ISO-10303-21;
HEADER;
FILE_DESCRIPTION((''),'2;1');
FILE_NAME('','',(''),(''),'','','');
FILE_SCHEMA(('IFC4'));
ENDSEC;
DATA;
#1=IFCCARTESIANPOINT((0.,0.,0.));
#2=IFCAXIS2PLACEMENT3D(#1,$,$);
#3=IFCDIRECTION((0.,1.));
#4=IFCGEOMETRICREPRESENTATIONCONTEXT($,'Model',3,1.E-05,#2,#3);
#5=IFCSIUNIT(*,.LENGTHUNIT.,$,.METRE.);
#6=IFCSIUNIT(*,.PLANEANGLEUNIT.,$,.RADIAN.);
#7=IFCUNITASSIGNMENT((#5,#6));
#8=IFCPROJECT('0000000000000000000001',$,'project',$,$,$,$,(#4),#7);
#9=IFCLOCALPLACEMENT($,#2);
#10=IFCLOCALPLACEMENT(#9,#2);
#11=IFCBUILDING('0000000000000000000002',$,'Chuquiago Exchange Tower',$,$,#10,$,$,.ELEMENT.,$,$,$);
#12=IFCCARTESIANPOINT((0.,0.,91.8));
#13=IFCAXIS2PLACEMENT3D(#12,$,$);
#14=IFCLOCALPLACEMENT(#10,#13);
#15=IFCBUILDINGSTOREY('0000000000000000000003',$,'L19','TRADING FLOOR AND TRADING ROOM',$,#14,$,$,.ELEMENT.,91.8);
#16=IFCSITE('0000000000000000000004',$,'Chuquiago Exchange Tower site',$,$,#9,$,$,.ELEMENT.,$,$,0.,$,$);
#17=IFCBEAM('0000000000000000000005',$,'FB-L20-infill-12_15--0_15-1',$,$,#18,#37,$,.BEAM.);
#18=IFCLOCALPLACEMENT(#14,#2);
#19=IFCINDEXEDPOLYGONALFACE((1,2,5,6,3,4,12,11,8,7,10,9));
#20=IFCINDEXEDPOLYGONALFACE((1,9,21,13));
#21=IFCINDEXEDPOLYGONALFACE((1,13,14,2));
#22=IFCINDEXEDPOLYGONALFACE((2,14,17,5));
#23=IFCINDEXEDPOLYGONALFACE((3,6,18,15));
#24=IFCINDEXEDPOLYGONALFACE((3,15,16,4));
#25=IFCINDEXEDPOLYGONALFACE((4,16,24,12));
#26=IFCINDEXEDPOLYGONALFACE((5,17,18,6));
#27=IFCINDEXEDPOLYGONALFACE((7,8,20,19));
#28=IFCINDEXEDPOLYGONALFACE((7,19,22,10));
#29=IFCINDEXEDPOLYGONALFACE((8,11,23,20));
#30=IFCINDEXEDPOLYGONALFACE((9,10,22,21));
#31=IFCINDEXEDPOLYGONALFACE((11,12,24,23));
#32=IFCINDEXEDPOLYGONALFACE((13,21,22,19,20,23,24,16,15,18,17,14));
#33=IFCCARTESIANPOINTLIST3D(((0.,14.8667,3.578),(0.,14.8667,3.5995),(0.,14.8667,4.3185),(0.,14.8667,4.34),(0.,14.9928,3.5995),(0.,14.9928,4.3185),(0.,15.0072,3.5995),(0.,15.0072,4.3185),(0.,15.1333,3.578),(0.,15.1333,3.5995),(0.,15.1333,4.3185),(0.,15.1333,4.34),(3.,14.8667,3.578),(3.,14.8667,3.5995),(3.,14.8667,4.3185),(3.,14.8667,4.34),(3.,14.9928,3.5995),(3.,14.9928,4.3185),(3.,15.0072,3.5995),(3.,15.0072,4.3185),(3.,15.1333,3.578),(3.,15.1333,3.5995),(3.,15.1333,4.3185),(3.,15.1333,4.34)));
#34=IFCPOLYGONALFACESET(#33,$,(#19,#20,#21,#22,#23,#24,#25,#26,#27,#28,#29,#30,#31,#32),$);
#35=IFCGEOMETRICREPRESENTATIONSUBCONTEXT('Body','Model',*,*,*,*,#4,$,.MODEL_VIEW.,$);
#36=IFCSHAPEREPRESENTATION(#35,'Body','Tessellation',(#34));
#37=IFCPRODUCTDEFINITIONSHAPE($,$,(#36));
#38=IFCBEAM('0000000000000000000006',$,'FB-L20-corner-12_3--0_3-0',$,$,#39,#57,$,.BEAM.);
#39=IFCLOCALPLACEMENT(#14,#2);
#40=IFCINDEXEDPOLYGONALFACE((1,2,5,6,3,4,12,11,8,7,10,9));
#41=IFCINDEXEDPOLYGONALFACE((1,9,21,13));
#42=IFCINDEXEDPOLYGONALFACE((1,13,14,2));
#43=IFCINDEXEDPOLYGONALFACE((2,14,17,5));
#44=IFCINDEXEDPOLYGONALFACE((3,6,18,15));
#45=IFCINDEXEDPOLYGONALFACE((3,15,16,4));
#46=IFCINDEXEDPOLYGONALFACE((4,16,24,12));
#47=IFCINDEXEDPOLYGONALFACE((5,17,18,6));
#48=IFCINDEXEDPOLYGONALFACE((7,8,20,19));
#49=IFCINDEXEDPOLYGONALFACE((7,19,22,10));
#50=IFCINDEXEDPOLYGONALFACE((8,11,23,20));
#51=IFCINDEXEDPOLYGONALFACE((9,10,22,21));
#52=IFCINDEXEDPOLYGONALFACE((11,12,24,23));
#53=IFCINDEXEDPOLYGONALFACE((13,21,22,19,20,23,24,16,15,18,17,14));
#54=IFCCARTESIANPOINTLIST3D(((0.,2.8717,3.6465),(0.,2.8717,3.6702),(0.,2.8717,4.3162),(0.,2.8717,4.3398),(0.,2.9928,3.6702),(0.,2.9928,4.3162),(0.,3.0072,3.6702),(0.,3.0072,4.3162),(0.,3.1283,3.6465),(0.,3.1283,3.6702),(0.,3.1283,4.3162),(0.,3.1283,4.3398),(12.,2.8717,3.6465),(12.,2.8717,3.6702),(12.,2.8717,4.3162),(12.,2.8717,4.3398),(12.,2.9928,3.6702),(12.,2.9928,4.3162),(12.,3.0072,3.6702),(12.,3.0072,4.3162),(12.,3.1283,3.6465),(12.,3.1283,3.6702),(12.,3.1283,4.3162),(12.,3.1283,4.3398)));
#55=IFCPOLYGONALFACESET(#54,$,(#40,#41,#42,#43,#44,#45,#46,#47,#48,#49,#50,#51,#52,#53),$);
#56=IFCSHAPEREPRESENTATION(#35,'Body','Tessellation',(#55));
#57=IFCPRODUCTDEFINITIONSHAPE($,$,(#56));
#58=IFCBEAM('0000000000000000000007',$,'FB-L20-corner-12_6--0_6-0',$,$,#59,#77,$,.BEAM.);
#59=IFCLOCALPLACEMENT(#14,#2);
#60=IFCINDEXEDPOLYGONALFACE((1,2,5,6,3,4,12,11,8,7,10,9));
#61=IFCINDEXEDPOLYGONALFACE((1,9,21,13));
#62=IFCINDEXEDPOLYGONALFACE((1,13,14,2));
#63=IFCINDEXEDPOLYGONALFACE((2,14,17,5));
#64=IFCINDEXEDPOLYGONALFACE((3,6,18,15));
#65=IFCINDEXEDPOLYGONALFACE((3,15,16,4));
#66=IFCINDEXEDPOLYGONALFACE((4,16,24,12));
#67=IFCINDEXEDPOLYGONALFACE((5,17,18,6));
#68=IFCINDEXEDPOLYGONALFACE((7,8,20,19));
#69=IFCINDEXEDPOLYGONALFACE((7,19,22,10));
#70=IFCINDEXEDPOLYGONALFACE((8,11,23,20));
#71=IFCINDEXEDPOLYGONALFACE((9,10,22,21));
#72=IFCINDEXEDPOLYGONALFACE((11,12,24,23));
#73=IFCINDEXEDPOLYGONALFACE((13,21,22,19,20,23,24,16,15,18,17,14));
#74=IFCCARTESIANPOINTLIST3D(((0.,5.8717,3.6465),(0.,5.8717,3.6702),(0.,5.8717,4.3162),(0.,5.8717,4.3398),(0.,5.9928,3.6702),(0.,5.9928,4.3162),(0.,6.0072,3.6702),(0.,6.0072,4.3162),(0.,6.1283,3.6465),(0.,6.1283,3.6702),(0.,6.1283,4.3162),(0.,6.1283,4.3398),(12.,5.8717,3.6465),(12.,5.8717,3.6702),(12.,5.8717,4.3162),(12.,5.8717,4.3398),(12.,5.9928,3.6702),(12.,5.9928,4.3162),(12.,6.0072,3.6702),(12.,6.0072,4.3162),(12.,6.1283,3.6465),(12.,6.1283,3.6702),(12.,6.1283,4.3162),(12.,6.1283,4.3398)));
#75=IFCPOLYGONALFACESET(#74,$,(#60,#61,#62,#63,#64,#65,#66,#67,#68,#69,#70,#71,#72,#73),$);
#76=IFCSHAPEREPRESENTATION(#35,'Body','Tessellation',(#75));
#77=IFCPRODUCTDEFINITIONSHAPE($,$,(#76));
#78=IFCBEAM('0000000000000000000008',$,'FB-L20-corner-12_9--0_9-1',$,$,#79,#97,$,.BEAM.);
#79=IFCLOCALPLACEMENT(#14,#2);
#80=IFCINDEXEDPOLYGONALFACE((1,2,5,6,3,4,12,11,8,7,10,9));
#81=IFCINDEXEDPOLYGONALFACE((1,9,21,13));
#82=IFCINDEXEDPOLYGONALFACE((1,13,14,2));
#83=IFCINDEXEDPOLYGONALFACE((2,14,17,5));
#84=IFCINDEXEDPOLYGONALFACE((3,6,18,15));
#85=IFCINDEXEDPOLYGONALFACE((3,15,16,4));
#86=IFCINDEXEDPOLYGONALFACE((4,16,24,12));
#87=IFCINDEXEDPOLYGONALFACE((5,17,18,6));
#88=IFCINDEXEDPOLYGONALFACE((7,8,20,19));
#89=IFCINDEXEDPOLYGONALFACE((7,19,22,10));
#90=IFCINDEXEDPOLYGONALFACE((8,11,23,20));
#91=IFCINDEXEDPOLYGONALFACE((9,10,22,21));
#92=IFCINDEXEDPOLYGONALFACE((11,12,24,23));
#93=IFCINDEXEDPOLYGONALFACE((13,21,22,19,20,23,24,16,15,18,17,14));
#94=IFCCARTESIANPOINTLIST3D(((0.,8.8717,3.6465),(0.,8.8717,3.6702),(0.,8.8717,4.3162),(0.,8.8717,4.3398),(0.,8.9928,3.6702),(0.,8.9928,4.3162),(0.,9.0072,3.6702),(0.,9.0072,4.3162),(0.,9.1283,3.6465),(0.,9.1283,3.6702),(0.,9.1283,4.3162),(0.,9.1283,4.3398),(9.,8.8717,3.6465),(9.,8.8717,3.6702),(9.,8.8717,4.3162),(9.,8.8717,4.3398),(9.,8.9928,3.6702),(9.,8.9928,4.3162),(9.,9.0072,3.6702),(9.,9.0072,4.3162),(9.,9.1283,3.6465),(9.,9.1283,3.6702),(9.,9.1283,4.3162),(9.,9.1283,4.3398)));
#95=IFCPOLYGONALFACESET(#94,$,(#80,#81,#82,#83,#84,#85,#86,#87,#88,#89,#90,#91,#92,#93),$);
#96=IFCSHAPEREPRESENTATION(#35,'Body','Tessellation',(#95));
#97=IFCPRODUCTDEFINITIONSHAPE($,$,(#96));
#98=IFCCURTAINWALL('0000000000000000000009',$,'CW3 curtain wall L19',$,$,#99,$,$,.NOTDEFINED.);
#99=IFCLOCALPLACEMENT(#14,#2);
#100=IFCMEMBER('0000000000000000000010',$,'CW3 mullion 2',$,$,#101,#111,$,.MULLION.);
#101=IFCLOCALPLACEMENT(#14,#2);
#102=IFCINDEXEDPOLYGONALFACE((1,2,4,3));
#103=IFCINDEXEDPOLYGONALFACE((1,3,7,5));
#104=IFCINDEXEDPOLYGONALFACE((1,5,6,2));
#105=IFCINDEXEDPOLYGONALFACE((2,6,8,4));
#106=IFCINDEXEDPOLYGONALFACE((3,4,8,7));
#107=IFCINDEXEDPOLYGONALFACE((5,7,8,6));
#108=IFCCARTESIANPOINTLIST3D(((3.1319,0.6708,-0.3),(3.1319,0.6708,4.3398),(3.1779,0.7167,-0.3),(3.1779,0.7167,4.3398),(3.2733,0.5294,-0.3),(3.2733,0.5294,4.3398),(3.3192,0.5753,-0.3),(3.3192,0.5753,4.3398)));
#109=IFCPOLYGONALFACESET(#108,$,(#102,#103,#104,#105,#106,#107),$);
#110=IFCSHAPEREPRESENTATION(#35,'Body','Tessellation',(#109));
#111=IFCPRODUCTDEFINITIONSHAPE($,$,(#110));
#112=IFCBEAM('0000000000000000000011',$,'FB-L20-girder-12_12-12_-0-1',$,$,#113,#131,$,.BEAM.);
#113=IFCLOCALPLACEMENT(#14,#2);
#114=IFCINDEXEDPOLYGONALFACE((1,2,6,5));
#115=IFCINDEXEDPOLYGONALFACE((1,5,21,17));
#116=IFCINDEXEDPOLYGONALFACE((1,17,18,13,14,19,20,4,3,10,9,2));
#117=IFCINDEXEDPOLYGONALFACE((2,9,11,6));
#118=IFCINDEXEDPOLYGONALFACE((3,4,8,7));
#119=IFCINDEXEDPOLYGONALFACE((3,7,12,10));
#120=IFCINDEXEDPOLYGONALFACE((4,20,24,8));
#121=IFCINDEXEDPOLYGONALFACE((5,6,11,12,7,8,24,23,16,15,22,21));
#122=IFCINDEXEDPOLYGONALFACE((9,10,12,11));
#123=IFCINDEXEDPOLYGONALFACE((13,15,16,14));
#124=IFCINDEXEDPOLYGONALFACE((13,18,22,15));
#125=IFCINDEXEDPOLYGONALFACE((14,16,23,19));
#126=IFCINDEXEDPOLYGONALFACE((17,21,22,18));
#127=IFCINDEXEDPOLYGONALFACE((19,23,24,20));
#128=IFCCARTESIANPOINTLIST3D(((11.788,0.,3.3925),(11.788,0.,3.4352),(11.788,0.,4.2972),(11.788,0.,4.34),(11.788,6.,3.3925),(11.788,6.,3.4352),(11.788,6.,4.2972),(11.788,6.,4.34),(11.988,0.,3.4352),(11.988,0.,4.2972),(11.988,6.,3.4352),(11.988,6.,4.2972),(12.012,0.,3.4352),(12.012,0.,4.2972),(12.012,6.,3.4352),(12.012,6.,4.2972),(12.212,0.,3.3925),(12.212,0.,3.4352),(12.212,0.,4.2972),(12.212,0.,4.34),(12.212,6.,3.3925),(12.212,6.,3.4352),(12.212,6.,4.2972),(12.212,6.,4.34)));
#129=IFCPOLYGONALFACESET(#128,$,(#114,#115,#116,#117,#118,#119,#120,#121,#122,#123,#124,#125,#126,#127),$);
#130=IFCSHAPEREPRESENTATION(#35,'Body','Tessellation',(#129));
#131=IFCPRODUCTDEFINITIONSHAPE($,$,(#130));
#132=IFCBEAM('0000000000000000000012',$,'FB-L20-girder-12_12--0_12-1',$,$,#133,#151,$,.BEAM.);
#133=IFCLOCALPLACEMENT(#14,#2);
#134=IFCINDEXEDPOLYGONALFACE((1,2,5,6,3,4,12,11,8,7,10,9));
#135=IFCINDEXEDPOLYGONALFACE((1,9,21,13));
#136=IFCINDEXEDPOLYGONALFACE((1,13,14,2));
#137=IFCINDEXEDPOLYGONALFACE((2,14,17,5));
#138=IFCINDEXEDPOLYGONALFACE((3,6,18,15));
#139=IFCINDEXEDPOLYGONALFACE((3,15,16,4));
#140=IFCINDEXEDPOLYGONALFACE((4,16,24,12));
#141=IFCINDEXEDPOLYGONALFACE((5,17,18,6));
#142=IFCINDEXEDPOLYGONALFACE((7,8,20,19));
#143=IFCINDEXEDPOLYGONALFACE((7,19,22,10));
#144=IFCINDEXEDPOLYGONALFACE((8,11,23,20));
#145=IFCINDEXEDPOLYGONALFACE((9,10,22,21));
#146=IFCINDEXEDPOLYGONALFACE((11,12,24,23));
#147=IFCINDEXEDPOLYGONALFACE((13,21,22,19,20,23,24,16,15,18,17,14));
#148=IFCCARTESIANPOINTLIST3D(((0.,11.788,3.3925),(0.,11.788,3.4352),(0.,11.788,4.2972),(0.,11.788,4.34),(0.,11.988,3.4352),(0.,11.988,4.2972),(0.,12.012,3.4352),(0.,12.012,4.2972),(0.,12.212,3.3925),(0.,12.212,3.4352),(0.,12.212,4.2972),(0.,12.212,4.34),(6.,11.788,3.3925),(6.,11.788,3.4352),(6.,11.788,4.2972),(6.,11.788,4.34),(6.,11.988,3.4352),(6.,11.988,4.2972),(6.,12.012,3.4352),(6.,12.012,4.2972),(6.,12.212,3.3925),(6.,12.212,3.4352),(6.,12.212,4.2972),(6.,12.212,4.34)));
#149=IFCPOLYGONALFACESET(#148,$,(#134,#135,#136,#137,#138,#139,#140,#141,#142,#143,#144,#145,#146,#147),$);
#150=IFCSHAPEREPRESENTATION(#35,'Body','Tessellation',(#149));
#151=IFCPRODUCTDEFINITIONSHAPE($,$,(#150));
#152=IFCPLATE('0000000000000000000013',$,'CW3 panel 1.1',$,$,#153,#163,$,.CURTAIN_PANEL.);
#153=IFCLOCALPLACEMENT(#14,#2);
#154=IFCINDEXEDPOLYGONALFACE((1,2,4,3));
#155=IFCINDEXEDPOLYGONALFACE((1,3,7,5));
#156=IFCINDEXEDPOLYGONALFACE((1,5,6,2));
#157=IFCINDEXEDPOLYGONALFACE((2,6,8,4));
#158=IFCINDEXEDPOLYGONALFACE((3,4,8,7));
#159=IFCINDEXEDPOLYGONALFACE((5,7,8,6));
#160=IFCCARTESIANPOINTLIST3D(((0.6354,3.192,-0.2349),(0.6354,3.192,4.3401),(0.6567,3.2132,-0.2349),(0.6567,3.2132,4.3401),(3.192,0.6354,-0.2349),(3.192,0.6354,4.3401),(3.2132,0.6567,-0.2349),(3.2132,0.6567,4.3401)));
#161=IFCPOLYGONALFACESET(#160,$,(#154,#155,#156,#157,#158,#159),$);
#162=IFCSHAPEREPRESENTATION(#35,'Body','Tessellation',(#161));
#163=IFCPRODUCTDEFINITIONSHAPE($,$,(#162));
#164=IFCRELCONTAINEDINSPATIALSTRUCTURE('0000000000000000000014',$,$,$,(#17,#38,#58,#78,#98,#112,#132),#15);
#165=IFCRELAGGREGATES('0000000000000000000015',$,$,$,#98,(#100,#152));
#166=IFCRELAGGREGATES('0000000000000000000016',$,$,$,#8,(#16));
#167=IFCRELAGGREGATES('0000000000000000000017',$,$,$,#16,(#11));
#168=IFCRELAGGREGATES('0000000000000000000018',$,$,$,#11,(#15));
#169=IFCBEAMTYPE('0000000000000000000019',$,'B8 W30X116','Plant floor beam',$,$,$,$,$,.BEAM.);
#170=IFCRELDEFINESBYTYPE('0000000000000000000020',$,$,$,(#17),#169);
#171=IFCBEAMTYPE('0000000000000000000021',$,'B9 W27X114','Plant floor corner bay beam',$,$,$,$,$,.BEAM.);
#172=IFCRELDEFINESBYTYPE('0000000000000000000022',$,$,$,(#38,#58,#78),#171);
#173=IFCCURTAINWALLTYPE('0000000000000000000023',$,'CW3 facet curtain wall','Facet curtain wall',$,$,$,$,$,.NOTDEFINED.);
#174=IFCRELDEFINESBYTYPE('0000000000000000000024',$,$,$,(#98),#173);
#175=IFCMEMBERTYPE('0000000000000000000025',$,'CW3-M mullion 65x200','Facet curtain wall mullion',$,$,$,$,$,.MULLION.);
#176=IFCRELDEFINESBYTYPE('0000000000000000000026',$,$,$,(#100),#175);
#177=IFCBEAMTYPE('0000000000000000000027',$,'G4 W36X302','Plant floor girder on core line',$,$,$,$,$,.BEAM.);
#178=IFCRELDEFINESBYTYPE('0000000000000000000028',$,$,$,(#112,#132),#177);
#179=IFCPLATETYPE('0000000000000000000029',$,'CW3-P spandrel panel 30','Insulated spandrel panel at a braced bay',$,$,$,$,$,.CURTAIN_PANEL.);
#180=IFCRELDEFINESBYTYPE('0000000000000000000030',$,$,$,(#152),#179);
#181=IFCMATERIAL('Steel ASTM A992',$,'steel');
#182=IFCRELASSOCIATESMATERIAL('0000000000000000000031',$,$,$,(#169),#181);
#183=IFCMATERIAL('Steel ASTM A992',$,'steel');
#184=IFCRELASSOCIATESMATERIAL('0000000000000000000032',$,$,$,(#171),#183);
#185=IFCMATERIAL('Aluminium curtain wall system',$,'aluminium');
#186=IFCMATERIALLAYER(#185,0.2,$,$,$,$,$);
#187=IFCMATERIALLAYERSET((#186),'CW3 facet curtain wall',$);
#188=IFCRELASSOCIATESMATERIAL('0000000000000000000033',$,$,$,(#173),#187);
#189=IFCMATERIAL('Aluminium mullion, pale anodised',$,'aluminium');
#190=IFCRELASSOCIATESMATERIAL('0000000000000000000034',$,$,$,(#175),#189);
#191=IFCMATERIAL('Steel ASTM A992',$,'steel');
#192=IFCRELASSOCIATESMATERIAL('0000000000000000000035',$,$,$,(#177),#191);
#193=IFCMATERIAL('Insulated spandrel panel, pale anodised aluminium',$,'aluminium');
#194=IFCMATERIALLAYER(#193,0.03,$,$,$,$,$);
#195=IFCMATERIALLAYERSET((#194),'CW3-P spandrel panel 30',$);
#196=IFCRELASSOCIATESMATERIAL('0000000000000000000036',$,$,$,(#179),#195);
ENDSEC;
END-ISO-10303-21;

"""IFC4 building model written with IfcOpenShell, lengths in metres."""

from ifc_helpers import new_model, si_unit, direction, frame, origin, origin_2d, place, context, subcontext, project, spatial, rectangle, i_section, extrude, material, layer, layer_set, material_profile, profile_set, type_object, element, aggregate, save


model = new_model("IFC4")

# Units and contexts
model_context = context("Model", 3, precision=1e-05, world=origin(), true_north=direction((0.0, 1.0)))
body_context = subcontext(model_context, "Body", "Model", "MODEL_VIEW")
ifc_project = project(units=[si_unit("LENGTHUNIT", "METRE"), si_unit("PLANEANGLEUNIT", "RADIAN")], contexts=[model_context])

# Site, building, storey
site_placement = place(None, origin())
site = spatial("IfcSite", under=ifc_project, at=site_placement, Name="Chuquiago Exchange Tower site", CompositionType="ELEMENT", RefElevation=0.0)
building_placement = place(site_placement, origin())
building = spatial("IfcBuilding", under=site, at=building_placement, Name="Chuquiago Exchange Tower", CompositionType="ELEMENT")
storey_placement = place(building_placement, frame((0.0, 0.0, 91.8)))
storey = spatial("IfcBuildingStorey", under=building, at=storey_placement, Name="L19", Description="TRADING FLOOR AND TRADING ROOM", CompositionType="ELEMENT", Elevation=91.8)

# Beams
ifc_material_1 = material(Name="Steel ASTM A992", Category="steel")
ifc_material_profile_1 = material_profile(ifc_material_1, i_section(OverallWidth=0.2666, OverallDepth=0.762, WebThickness=0.0144, FlangeThickness=0.0215, at=origin_2d()), Name="W30X116")
ifc_profile_set_1 = profile_set([ifc_material_profile_1], Name="Steel ASTM A992")
beam_type_1 = type_object("IfcBeamType", Name="B8 W30X116", Description="Plant floor beam", PredefinedType="BEAM", material=ifc_profile_set_1)
beam_1_placement = place(storey_placement, frame((3.0, 15.0, 3.959), z_axis=(-1.0, 0.0, 0.0), x_axis=(0.0, -1.0, 0.0)))
element("IfcBeam", 1, at=beam_1_placement, inside=storey, type_object=beam_type_1, Name="FB-L20-infill-12_15--0_15-1", PredefinedType="BEAM", context=body_context, shape_type="SweptSolid", body=[
    extrude(i_section(OverallWidth=0.2666, OverallDepth=0.762, WebThickness=0.0144, FlangeThickness=0.0215, at=origin_2d()), origin(), (0.0, 0.0, 1.0), 3.0),
])
ifc_material_2 = material(Name="Steel ASTM A992", Category="steel")
ifc_material_profile_2 = material_profile(ifc_material_2, i_section(OverallWidth=0.2566, OverallDepth=0.6934, WebThickness=0.0144, FlangeThickness=0.0237, at=origin_2d()), Name="W27X114")
ifc_profile_set_2 = profile_set([ifc_material_profile_2], Name="Steel ASTM A992")
beam_type_2 = type_object("IfcBeamType", Name="B9 W27X114", Description="Plant floor corner bay beam", PredefinedType="BEAM", material=ifc_profile_set_2)
for number, where, z_axis, x_axis, name in (
    (2, (12.0, 3.0, 3.9932), (-1.0, 0.0, 0.0), (0.0, -1.0, 0.0), "FB-L20-corner-12_3--0_3-0"),
    (3, (12.0, 6.0, 3.9932), (-1.0, 0.0, 0.0), (0.0, -1.0, 0.0), "FB-L20-corner-12_6--0_6-0"),
):
    element("IfcBeam", number, at=place(storey_placement, frame(where, z_axis=z_axis, x_axis=x_axis)), inside=storey, type_object=beam_type_2, Name=name, PredefinedType="BEAM", context=body_context, shape_type="SweptSolid", body=[
        extrude(i_section(OverallWidth=0.2566, OverallDepth=0.6934, WebThickness=0.0144, FlangeThickness=0.0237, at=origin_2d()), origin(), (0.0, 0.0, 1.0), 12.0),
    ])
beam_2_placement = place(storey_placement, frame((9.0, 9.0, 3.9932), z_axis=(-1.0, 0.0, 0.0), x_axis=(0.0, -1.0, 0.0)))
element("IfcBeam", 4, at=beam_2_placement, inside=storey, type_object=beam_type_2, Name="FB-L20-corner-12_9--0_9-1", PredefinedType="BEAM", context=body_context, shape_type="SweptSolid", body=[
    extrude(i_section(OverallWidth=0.2566, OverallDepth=0.6934, WebThickness=0.0144, FlangeThickness=0.0237, at=origin_2d()), origin(), (0.0, 0.0, 1.0), 9.0),
])

# Curtain wall, member
ifc_material_3 = material(Name="Aluminium curtain wall system", Category="aluminium")
ifc_layer_1 = layer(ifc_material_3, 0.2)
ifc_layer_set_1 = layer_set([ifc_layer_1], Name="CW3 facet curtain wall")
curtain_wall_type = type_object("IfcCurtainWallType", Name="CW3 facet curtain wall", Description="Facet curtain wall", PredefinedType="NOTDEFINED", material=ifc_layer_set_1)
curtain_wall_placement = place(storey_placement, origin())
curtain_wall = element("IfcCurtainWall", 5, at=curtain_wall_placement, inside=storey, type_object=curtain_wall_type, Name="CW3 curtain wall L19", PredefinedType="NOTDEFINED")
ifc_material_4 = material(Name="Aluminium mullion, pale anodised", Category="aluminium")
ifc_material_profile_3 = material_profile(ifc_material_4, rectangle(XDim=0.0649, YDim=0.2, at=origin_2d()), Name="AL 65x200")
ifc_profile_set_3 = profile_set([ifc_material_profile_3], Name="Aluminium mullion, pale anodised")
member_type = type_object("IfcMemberType", Name="CW3-M mullion 65x200", Description="Facet curtain wall mullion", PredefinedType="MULLION", material=ifc_profile_set_3)
member_placement = place(storey_placement, frame((3.2256, 0.623, -0.3), z_axis=(0.0, 0.0, 1.0), x_axis=(0.707107, 0.707107, 0.0)))
member = element("IfcMember", 6, at=member_placement, type_object=member_type, Name="CW3 mullion 2", PredefinedType="MULLION", context=body_context, shape_type="SweptSolid", body=[
    extrude(rectangle(XDim=0.0649, YDim=0.2, at=origin_2d()), origin(), (0.0, 0.0, 1.0), 4.6399),
])

# Beams
ifc_material_5 = material(Name="Steel ASTM A992", Category="steel")
ifc_material_profile_4 = material_profile(ifc_material_5, i_section(OverallWidth=0.4241, OverallDepth=0.9475, WebThickness=0.0239, FlangeThickness=0.0427, at=origin_2d()), Name="W36X302")
ifc_profile_set_4 = profile_set([ifc_material_profile_4], Name="Steel ASTM A992")
beam_type_3 = type_object("IfcBeamType", Name="G4 W36X302", Description="Plant floor girder on core line", PredefinedType="BEAM", material=ifc_profile_set_4)
for number, where, z_axis, x_axis, name in (
    (7, (12.0, 6.0, 3.8662), (0.0, -1.0, 0.0), (1.0, 0.0, 0.0), "FB-L20-girder-12_12-12_-0-1"),
    (8, (6.0, 12.0, 3.8662), (-1.0, 0.0, 0.0), (0.0, -1.0, 0.0), "FB-L20-girder-12_12--0_12-1"),
):
    element("IfcBeam", number, at=place(storey_placement, frame(where, z_axis=z_axis, x_axis=x_axis)), inside=storey, type_object=beam_type_3, Name=name, PredefinedType="BEAM", context=body_context, shape_type="SweptSolid", body=[
        extrude(i_section(OverallWidth=0.4241, OverallDepth=0.9475, WebThickness=0.0239, FlangeThickness=0.0427, at=origin_2d()), origin(), (0.0, 0.0, 1.0), 6.0),
    ])

# Plate
ifc_material_6 = material(Name="Insulated spandrel panel, pale anodised aluminium", Category="aluminium")
ifc_layer_2 = layer(ifc_material_6, 0.03)
ifc_layer_set_2 = layer_set([ifc_layer_2], Name="CW3-P spandrel panel 30")
plate_type = type_object("IfcPlateType", Name="CW3-P spandrel panel 30", Description="Insulated spandrel panel at a braced bay", PredefinedType="CURTAIN_PANEL", material=ifc_layer_set_2)
plate_placement = place(storey_placement, frame((1.9243, 1.9243, -0.2349), z_axis=(0.0, 0.0, 1.0), x_axis=(0.707107, -0.707107, 0.0)))
plate = element("IfcPlate", 9, at=plate_placement, type_object=plate_type, Name="CW3 panel 1.1", PredefinedType="CURTAIN_PANEL", context=body_context, shape_type="SweptSolid", body=[
    extrude(rectangle(XDim=3.6155, YDim=0.03, at=origin_2d()), origin(), (0.0, 0.0, 1.0), 4.575),
])
aggregate(curtain_wall, [member, plate])

save(model, "model.ifc")
